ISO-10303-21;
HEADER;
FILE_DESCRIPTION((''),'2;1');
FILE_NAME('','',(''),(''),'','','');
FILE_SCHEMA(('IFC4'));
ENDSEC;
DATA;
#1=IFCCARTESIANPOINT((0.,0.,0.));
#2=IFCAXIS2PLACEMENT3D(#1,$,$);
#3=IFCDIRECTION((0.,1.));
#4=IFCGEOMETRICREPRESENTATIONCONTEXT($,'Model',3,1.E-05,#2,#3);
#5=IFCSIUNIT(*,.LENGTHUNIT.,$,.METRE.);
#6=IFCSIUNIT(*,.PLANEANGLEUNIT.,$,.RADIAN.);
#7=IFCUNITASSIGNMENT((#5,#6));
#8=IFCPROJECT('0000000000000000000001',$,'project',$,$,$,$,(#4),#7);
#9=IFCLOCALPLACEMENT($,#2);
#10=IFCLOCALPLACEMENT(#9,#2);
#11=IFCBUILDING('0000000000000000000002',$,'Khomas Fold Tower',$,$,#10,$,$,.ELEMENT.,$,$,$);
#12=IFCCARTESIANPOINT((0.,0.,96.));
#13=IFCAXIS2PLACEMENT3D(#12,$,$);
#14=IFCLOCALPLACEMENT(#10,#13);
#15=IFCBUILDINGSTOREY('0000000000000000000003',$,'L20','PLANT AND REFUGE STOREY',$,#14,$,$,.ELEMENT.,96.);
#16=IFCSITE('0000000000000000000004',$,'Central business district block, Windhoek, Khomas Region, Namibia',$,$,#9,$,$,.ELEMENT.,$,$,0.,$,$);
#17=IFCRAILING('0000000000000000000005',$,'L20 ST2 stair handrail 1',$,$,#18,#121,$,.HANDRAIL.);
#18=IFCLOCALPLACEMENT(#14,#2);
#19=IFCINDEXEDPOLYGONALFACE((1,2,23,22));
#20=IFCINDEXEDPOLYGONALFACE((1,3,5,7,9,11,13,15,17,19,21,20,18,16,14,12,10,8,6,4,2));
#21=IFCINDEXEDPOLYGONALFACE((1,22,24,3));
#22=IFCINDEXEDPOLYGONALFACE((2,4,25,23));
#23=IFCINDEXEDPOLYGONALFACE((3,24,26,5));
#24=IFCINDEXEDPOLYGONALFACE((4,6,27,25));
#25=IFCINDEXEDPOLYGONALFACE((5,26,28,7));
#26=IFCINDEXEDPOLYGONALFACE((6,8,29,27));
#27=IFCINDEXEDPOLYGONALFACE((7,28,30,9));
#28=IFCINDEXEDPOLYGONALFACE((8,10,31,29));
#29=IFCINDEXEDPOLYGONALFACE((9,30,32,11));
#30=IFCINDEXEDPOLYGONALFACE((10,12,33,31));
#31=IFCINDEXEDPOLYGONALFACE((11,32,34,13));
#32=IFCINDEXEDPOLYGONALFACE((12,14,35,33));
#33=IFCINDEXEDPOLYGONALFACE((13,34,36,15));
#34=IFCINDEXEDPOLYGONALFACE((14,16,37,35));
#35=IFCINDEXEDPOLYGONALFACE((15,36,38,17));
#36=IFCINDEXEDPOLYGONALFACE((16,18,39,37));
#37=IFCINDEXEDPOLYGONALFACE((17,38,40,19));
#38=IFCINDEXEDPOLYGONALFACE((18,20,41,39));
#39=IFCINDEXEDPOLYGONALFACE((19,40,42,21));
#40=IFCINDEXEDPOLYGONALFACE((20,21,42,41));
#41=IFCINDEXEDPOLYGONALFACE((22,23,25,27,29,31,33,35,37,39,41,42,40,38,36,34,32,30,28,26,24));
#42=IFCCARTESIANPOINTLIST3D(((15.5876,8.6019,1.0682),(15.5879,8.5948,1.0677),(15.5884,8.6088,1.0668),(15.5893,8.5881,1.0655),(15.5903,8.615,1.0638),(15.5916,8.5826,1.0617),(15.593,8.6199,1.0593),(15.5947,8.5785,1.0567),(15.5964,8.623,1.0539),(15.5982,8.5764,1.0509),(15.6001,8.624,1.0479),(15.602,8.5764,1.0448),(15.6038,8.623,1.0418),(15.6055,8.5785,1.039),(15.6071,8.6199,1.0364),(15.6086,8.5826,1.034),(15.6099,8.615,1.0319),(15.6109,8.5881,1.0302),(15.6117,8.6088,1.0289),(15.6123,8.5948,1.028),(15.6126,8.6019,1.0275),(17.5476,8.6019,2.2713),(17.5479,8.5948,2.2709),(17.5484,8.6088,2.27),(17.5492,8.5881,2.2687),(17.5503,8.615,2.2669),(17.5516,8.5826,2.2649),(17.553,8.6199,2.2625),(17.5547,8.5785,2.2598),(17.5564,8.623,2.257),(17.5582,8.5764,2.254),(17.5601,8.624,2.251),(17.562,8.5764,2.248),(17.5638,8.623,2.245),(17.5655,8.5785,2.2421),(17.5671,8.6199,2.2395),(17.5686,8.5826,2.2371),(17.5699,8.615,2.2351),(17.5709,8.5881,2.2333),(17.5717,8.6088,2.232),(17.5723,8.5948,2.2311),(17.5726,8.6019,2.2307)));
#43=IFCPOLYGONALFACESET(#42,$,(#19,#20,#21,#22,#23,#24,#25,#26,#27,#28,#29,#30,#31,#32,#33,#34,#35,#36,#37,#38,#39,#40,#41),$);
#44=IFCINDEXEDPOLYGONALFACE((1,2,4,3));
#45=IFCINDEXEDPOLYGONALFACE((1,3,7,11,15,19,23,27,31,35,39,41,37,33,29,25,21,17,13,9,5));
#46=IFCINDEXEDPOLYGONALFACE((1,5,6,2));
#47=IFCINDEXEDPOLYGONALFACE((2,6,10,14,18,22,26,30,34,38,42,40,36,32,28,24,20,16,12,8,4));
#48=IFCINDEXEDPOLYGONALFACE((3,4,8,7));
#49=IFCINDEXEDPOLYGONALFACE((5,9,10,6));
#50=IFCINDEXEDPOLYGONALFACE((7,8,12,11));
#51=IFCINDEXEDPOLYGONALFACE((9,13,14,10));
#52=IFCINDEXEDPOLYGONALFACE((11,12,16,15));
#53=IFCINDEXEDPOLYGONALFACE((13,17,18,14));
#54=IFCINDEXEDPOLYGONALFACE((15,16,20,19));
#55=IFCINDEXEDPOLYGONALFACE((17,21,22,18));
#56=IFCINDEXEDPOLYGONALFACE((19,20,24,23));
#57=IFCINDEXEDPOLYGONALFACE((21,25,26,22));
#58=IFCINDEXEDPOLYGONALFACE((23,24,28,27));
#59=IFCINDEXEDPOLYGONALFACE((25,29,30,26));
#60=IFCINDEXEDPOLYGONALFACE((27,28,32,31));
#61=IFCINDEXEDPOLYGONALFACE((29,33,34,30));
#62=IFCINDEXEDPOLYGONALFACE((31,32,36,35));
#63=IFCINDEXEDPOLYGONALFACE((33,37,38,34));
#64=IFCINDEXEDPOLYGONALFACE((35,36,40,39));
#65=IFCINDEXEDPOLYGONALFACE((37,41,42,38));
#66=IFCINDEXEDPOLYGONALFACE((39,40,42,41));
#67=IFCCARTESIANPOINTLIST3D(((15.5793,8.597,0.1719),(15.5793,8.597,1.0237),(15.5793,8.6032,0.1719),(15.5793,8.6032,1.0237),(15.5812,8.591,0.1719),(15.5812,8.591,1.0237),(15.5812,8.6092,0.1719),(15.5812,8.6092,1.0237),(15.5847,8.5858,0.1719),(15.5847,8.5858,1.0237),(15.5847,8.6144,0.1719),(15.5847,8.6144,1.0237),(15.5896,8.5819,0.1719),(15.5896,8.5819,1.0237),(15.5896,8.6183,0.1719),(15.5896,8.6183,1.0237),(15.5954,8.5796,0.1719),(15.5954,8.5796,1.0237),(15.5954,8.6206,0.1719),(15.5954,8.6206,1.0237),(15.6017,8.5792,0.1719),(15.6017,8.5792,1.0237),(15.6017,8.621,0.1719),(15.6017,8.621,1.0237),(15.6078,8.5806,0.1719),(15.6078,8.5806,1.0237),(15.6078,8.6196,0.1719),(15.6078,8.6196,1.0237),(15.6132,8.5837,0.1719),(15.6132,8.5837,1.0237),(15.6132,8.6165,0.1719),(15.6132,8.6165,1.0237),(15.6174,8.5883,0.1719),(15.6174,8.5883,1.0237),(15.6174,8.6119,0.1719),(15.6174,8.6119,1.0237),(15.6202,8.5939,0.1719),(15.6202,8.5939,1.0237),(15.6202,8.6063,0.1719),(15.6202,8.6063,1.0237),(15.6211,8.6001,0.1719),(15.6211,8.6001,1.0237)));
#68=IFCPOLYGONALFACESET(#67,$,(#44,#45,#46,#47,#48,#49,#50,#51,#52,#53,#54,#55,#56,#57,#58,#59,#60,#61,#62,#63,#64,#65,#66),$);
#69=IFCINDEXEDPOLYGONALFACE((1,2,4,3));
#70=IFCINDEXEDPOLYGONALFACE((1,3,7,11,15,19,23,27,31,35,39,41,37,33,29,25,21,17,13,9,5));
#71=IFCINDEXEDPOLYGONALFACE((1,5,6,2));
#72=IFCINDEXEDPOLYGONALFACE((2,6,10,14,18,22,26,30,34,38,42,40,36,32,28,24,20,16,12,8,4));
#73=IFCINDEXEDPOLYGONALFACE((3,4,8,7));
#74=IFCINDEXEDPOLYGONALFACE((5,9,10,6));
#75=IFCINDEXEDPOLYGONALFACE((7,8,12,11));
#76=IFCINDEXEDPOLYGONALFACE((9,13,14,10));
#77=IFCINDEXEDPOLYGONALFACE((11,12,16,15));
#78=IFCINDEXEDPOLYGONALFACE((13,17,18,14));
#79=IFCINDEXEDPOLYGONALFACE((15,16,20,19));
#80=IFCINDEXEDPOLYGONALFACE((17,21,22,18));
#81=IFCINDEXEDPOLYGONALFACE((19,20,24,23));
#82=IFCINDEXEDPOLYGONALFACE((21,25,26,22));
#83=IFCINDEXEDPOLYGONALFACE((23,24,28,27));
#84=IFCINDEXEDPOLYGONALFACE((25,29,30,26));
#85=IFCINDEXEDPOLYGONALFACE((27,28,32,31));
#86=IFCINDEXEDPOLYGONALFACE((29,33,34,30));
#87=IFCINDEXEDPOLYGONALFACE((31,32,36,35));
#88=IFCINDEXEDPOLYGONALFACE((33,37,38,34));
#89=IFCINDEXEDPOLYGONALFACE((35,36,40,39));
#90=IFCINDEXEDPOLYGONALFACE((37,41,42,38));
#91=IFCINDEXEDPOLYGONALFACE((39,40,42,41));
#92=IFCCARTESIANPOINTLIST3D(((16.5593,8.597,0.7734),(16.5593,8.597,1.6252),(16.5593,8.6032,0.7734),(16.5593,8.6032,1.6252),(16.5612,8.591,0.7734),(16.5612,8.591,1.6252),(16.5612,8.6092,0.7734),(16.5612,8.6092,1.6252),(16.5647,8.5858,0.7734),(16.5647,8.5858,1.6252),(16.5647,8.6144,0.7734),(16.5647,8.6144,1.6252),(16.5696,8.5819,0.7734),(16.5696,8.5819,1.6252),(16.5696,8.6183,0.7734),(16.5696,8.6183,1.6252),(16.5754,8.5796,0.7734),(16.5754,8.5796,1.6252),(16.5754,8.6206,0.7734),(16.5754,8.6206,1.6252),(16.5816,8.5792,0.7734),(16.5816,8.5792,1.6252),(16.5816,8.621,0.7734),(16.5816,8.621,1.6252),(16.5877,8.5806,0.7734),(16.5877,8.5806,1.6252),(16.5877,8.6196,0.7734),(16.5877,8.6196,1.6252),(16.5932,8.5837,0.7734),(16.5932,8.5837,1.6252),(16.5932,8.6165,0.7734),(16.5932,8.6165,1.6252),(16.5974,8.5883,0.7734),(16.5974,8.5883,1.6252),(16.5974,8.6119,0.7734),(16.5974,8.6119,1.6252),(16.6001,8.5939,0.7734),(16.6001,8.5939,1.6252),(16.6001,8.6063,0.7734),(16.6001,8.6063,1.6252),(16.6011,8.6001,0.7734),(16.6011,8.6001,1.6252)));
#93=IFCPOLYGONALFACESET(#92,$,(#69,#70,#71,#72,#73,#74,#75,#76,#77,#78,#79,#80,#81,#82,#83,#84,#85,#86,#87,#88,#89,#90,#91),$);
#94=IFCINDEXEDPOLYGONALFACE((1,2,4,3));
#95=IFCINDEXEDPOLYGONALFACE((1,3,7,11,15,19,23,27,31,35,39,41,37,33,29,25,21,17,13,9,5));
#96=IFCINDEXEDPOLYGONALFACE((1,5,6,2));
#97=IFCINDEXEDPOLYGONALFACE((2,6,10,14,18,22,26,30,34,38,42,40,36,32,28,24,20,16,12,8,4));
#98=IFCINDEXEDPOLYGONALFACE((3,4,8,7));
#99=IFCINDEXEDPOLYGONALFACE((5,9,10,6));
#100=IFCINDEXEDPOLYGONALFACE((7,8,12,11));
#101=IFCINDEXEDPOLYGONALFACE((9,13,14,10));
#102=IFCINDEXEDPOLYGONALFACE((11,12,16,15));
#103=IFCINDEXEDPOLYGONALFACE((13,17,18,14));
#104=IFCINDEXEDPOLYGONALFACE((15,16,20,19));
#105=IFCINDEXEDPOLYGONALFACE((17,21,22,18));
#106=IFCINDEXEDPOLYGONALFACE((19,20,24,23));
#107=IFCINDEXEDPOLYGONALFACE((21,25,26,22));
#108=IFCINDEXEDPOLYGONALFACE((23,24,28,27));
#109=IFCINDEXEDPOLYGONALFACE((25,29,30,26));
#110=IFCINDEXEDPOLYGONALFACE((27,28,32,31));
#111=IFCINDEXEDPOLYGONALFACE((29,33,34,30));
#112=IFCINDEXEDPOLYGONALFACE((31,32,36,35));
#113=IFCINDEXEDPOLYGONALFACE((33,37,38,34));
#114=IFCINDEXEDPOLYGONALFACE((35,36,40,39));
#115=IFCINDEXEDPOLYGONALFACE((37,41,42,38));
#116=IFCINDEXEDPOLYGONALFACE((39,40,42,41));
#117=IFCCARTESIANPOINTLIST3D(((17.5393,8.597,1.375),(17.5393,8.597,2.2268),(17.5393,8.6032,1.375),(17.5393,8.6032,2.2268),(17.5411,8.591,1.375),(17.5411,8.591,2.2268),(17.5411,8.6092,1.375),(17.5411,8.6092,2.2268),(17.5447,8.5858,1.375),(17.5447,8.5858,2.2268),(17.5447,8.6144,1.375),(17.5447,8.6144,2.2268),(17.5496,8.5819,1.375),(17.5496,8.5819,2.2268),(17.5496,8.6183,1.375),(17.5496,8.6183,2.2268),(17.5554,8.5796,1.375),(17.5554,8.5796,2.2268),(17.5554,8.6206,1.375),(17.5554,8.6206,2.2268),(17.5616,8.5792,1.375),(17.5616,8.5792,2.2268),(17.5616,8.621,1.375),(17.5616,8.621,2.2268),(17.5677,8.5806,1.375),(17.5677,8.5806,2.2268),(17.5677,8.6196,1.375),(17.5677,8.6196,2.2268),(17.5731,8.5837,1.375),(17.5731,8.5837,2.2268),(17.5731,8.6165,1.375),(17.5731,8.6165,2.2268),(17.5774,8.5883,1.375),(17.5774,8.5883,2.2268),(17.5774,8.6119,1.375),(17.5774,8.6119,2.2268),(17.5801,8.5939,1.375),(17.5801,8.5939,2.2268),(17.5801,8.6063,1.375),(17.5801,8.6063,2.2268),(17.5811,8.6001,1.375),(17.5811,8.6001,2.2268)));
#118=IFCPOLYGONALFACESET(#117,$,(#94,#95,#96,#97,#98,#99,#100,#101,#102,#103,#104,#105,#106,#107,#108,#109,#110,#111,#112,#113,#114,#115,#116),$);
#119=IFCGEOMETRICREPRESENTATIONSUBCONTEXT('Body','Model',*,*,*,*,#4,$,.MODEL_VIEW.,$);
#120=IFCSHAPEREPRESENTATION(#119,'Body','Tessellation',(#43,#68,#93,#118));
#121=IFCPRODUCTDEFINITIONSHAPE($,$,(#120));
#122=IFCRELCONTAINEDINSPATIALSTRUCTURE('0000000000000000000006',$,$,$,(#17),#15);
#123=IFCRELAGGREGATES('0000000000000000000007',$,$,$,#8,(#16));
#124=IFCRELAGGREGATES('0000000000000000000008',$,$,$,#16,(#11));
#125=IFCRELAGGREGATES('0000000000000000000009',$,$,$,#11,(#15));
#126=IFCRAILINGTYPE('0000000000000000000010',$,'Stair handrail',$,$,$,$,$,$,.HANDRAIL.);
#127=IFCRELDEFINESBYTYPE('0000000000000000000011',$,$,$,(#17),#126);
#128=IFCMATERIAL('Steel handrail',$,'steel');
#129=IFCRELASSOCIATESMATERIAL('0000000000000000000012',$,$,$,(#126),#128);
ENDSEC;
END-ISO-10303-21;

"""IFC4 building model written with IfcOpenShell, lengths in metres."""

from ifc_helpers import new_model, si_unit, direction, frame, origin, origin_2d, place, context, subcontext, project, spatial, circle, extrude, source, transform, mapped, material, type_object, element, save


model = new_model("IFC4")

# Units and contexts
model_context = context("Model", 3, precision=1e-05, world=origin(), true_north=direction((0.0, 1.0)))
body_context = subcontext(model_context, "Body", "Model", "MODEL_VIEW")
ifc_project = project(units=[si_unit("LENGTHUNIT", "METRE"), si_unit("PLANEANGLEUNIT", "RADIAN")], contexts=[model_context])

# Site, building, storey
site_placement = place(None, origin())
site = spatial("IfcSite", under=ifc_project, at=site_placement, Name="Central business district block, Windhoek, Khomas Region, Namibia", CompositionType="ELEMENT", RefElevation=0.0)
building_placement = place(site_placement, origin())
building = spatial("IfcBuilding", under=site, at=building_placement, Name="Khomas Fold Tower", CompositionType="ELEMENT")
storey_placement = place(building_placement, frame((0.0, 0.0, 96.0)))
storey = spatial("IfcBuildingStorey", under=building, at=storey_placement, Name="L20", Description="PLANT AND REFUGE STOREY", CompositionType="ELEMENT", Elevation=96.0)

# Railing
ifc_material_1 = material(Name="Steel handrail", Category="steel")
railing_type_1 = type_object("IfcRailingType", Name="Stair handrail", PredefinedType="HANDRAIL", material=ifc_material_1)
shared_shape_1 = source(origin(), body_context, "Body", "SweptSolid", [
    extrude(circle(Radius=0.0239, at=origin_2d()), frame((0.0, 0.0, 0.876), z_axis=(0.852241, 0.0, 0.523149), x_axis=(0.0, 1.0, 0.0)), (0.0, 0.0, 1.0), 2.2998),
    extrude(circle(Radius=0.021, at=origin_2d()), origin(), (0.0, 0.0, 1.0), 0.8518),
    extrude(circle(Radius=0.021, at=origin_2d()), frame((0.98, 0.0, 0.6016)), (0.0, 0.0, 1.0), 0.8518),
    extrude(circle(Radius=0.021, at=origin_2d()), frame((1.96, 0.0, 1.2031)), (0.0, 0.0, 1.0), 0.8518),
])
for number, where, name in (
    (1, (15.6001, 8.6001, 0.1719), "L20 ST2 stair handrail 1"),
):
    element("IfcRailing", number, at=place(storey_placement, frame(where)), inside=storey, type_object=railing_type_1, Name=name, PredefinedType="HANDRAIL", context=body_context, shape_type="MappedRepresentation", body=[
        mapped(shared_shape_1, transform((0.0, 0.0, 0.0))),
    ])

save(model, "model.ifc")
